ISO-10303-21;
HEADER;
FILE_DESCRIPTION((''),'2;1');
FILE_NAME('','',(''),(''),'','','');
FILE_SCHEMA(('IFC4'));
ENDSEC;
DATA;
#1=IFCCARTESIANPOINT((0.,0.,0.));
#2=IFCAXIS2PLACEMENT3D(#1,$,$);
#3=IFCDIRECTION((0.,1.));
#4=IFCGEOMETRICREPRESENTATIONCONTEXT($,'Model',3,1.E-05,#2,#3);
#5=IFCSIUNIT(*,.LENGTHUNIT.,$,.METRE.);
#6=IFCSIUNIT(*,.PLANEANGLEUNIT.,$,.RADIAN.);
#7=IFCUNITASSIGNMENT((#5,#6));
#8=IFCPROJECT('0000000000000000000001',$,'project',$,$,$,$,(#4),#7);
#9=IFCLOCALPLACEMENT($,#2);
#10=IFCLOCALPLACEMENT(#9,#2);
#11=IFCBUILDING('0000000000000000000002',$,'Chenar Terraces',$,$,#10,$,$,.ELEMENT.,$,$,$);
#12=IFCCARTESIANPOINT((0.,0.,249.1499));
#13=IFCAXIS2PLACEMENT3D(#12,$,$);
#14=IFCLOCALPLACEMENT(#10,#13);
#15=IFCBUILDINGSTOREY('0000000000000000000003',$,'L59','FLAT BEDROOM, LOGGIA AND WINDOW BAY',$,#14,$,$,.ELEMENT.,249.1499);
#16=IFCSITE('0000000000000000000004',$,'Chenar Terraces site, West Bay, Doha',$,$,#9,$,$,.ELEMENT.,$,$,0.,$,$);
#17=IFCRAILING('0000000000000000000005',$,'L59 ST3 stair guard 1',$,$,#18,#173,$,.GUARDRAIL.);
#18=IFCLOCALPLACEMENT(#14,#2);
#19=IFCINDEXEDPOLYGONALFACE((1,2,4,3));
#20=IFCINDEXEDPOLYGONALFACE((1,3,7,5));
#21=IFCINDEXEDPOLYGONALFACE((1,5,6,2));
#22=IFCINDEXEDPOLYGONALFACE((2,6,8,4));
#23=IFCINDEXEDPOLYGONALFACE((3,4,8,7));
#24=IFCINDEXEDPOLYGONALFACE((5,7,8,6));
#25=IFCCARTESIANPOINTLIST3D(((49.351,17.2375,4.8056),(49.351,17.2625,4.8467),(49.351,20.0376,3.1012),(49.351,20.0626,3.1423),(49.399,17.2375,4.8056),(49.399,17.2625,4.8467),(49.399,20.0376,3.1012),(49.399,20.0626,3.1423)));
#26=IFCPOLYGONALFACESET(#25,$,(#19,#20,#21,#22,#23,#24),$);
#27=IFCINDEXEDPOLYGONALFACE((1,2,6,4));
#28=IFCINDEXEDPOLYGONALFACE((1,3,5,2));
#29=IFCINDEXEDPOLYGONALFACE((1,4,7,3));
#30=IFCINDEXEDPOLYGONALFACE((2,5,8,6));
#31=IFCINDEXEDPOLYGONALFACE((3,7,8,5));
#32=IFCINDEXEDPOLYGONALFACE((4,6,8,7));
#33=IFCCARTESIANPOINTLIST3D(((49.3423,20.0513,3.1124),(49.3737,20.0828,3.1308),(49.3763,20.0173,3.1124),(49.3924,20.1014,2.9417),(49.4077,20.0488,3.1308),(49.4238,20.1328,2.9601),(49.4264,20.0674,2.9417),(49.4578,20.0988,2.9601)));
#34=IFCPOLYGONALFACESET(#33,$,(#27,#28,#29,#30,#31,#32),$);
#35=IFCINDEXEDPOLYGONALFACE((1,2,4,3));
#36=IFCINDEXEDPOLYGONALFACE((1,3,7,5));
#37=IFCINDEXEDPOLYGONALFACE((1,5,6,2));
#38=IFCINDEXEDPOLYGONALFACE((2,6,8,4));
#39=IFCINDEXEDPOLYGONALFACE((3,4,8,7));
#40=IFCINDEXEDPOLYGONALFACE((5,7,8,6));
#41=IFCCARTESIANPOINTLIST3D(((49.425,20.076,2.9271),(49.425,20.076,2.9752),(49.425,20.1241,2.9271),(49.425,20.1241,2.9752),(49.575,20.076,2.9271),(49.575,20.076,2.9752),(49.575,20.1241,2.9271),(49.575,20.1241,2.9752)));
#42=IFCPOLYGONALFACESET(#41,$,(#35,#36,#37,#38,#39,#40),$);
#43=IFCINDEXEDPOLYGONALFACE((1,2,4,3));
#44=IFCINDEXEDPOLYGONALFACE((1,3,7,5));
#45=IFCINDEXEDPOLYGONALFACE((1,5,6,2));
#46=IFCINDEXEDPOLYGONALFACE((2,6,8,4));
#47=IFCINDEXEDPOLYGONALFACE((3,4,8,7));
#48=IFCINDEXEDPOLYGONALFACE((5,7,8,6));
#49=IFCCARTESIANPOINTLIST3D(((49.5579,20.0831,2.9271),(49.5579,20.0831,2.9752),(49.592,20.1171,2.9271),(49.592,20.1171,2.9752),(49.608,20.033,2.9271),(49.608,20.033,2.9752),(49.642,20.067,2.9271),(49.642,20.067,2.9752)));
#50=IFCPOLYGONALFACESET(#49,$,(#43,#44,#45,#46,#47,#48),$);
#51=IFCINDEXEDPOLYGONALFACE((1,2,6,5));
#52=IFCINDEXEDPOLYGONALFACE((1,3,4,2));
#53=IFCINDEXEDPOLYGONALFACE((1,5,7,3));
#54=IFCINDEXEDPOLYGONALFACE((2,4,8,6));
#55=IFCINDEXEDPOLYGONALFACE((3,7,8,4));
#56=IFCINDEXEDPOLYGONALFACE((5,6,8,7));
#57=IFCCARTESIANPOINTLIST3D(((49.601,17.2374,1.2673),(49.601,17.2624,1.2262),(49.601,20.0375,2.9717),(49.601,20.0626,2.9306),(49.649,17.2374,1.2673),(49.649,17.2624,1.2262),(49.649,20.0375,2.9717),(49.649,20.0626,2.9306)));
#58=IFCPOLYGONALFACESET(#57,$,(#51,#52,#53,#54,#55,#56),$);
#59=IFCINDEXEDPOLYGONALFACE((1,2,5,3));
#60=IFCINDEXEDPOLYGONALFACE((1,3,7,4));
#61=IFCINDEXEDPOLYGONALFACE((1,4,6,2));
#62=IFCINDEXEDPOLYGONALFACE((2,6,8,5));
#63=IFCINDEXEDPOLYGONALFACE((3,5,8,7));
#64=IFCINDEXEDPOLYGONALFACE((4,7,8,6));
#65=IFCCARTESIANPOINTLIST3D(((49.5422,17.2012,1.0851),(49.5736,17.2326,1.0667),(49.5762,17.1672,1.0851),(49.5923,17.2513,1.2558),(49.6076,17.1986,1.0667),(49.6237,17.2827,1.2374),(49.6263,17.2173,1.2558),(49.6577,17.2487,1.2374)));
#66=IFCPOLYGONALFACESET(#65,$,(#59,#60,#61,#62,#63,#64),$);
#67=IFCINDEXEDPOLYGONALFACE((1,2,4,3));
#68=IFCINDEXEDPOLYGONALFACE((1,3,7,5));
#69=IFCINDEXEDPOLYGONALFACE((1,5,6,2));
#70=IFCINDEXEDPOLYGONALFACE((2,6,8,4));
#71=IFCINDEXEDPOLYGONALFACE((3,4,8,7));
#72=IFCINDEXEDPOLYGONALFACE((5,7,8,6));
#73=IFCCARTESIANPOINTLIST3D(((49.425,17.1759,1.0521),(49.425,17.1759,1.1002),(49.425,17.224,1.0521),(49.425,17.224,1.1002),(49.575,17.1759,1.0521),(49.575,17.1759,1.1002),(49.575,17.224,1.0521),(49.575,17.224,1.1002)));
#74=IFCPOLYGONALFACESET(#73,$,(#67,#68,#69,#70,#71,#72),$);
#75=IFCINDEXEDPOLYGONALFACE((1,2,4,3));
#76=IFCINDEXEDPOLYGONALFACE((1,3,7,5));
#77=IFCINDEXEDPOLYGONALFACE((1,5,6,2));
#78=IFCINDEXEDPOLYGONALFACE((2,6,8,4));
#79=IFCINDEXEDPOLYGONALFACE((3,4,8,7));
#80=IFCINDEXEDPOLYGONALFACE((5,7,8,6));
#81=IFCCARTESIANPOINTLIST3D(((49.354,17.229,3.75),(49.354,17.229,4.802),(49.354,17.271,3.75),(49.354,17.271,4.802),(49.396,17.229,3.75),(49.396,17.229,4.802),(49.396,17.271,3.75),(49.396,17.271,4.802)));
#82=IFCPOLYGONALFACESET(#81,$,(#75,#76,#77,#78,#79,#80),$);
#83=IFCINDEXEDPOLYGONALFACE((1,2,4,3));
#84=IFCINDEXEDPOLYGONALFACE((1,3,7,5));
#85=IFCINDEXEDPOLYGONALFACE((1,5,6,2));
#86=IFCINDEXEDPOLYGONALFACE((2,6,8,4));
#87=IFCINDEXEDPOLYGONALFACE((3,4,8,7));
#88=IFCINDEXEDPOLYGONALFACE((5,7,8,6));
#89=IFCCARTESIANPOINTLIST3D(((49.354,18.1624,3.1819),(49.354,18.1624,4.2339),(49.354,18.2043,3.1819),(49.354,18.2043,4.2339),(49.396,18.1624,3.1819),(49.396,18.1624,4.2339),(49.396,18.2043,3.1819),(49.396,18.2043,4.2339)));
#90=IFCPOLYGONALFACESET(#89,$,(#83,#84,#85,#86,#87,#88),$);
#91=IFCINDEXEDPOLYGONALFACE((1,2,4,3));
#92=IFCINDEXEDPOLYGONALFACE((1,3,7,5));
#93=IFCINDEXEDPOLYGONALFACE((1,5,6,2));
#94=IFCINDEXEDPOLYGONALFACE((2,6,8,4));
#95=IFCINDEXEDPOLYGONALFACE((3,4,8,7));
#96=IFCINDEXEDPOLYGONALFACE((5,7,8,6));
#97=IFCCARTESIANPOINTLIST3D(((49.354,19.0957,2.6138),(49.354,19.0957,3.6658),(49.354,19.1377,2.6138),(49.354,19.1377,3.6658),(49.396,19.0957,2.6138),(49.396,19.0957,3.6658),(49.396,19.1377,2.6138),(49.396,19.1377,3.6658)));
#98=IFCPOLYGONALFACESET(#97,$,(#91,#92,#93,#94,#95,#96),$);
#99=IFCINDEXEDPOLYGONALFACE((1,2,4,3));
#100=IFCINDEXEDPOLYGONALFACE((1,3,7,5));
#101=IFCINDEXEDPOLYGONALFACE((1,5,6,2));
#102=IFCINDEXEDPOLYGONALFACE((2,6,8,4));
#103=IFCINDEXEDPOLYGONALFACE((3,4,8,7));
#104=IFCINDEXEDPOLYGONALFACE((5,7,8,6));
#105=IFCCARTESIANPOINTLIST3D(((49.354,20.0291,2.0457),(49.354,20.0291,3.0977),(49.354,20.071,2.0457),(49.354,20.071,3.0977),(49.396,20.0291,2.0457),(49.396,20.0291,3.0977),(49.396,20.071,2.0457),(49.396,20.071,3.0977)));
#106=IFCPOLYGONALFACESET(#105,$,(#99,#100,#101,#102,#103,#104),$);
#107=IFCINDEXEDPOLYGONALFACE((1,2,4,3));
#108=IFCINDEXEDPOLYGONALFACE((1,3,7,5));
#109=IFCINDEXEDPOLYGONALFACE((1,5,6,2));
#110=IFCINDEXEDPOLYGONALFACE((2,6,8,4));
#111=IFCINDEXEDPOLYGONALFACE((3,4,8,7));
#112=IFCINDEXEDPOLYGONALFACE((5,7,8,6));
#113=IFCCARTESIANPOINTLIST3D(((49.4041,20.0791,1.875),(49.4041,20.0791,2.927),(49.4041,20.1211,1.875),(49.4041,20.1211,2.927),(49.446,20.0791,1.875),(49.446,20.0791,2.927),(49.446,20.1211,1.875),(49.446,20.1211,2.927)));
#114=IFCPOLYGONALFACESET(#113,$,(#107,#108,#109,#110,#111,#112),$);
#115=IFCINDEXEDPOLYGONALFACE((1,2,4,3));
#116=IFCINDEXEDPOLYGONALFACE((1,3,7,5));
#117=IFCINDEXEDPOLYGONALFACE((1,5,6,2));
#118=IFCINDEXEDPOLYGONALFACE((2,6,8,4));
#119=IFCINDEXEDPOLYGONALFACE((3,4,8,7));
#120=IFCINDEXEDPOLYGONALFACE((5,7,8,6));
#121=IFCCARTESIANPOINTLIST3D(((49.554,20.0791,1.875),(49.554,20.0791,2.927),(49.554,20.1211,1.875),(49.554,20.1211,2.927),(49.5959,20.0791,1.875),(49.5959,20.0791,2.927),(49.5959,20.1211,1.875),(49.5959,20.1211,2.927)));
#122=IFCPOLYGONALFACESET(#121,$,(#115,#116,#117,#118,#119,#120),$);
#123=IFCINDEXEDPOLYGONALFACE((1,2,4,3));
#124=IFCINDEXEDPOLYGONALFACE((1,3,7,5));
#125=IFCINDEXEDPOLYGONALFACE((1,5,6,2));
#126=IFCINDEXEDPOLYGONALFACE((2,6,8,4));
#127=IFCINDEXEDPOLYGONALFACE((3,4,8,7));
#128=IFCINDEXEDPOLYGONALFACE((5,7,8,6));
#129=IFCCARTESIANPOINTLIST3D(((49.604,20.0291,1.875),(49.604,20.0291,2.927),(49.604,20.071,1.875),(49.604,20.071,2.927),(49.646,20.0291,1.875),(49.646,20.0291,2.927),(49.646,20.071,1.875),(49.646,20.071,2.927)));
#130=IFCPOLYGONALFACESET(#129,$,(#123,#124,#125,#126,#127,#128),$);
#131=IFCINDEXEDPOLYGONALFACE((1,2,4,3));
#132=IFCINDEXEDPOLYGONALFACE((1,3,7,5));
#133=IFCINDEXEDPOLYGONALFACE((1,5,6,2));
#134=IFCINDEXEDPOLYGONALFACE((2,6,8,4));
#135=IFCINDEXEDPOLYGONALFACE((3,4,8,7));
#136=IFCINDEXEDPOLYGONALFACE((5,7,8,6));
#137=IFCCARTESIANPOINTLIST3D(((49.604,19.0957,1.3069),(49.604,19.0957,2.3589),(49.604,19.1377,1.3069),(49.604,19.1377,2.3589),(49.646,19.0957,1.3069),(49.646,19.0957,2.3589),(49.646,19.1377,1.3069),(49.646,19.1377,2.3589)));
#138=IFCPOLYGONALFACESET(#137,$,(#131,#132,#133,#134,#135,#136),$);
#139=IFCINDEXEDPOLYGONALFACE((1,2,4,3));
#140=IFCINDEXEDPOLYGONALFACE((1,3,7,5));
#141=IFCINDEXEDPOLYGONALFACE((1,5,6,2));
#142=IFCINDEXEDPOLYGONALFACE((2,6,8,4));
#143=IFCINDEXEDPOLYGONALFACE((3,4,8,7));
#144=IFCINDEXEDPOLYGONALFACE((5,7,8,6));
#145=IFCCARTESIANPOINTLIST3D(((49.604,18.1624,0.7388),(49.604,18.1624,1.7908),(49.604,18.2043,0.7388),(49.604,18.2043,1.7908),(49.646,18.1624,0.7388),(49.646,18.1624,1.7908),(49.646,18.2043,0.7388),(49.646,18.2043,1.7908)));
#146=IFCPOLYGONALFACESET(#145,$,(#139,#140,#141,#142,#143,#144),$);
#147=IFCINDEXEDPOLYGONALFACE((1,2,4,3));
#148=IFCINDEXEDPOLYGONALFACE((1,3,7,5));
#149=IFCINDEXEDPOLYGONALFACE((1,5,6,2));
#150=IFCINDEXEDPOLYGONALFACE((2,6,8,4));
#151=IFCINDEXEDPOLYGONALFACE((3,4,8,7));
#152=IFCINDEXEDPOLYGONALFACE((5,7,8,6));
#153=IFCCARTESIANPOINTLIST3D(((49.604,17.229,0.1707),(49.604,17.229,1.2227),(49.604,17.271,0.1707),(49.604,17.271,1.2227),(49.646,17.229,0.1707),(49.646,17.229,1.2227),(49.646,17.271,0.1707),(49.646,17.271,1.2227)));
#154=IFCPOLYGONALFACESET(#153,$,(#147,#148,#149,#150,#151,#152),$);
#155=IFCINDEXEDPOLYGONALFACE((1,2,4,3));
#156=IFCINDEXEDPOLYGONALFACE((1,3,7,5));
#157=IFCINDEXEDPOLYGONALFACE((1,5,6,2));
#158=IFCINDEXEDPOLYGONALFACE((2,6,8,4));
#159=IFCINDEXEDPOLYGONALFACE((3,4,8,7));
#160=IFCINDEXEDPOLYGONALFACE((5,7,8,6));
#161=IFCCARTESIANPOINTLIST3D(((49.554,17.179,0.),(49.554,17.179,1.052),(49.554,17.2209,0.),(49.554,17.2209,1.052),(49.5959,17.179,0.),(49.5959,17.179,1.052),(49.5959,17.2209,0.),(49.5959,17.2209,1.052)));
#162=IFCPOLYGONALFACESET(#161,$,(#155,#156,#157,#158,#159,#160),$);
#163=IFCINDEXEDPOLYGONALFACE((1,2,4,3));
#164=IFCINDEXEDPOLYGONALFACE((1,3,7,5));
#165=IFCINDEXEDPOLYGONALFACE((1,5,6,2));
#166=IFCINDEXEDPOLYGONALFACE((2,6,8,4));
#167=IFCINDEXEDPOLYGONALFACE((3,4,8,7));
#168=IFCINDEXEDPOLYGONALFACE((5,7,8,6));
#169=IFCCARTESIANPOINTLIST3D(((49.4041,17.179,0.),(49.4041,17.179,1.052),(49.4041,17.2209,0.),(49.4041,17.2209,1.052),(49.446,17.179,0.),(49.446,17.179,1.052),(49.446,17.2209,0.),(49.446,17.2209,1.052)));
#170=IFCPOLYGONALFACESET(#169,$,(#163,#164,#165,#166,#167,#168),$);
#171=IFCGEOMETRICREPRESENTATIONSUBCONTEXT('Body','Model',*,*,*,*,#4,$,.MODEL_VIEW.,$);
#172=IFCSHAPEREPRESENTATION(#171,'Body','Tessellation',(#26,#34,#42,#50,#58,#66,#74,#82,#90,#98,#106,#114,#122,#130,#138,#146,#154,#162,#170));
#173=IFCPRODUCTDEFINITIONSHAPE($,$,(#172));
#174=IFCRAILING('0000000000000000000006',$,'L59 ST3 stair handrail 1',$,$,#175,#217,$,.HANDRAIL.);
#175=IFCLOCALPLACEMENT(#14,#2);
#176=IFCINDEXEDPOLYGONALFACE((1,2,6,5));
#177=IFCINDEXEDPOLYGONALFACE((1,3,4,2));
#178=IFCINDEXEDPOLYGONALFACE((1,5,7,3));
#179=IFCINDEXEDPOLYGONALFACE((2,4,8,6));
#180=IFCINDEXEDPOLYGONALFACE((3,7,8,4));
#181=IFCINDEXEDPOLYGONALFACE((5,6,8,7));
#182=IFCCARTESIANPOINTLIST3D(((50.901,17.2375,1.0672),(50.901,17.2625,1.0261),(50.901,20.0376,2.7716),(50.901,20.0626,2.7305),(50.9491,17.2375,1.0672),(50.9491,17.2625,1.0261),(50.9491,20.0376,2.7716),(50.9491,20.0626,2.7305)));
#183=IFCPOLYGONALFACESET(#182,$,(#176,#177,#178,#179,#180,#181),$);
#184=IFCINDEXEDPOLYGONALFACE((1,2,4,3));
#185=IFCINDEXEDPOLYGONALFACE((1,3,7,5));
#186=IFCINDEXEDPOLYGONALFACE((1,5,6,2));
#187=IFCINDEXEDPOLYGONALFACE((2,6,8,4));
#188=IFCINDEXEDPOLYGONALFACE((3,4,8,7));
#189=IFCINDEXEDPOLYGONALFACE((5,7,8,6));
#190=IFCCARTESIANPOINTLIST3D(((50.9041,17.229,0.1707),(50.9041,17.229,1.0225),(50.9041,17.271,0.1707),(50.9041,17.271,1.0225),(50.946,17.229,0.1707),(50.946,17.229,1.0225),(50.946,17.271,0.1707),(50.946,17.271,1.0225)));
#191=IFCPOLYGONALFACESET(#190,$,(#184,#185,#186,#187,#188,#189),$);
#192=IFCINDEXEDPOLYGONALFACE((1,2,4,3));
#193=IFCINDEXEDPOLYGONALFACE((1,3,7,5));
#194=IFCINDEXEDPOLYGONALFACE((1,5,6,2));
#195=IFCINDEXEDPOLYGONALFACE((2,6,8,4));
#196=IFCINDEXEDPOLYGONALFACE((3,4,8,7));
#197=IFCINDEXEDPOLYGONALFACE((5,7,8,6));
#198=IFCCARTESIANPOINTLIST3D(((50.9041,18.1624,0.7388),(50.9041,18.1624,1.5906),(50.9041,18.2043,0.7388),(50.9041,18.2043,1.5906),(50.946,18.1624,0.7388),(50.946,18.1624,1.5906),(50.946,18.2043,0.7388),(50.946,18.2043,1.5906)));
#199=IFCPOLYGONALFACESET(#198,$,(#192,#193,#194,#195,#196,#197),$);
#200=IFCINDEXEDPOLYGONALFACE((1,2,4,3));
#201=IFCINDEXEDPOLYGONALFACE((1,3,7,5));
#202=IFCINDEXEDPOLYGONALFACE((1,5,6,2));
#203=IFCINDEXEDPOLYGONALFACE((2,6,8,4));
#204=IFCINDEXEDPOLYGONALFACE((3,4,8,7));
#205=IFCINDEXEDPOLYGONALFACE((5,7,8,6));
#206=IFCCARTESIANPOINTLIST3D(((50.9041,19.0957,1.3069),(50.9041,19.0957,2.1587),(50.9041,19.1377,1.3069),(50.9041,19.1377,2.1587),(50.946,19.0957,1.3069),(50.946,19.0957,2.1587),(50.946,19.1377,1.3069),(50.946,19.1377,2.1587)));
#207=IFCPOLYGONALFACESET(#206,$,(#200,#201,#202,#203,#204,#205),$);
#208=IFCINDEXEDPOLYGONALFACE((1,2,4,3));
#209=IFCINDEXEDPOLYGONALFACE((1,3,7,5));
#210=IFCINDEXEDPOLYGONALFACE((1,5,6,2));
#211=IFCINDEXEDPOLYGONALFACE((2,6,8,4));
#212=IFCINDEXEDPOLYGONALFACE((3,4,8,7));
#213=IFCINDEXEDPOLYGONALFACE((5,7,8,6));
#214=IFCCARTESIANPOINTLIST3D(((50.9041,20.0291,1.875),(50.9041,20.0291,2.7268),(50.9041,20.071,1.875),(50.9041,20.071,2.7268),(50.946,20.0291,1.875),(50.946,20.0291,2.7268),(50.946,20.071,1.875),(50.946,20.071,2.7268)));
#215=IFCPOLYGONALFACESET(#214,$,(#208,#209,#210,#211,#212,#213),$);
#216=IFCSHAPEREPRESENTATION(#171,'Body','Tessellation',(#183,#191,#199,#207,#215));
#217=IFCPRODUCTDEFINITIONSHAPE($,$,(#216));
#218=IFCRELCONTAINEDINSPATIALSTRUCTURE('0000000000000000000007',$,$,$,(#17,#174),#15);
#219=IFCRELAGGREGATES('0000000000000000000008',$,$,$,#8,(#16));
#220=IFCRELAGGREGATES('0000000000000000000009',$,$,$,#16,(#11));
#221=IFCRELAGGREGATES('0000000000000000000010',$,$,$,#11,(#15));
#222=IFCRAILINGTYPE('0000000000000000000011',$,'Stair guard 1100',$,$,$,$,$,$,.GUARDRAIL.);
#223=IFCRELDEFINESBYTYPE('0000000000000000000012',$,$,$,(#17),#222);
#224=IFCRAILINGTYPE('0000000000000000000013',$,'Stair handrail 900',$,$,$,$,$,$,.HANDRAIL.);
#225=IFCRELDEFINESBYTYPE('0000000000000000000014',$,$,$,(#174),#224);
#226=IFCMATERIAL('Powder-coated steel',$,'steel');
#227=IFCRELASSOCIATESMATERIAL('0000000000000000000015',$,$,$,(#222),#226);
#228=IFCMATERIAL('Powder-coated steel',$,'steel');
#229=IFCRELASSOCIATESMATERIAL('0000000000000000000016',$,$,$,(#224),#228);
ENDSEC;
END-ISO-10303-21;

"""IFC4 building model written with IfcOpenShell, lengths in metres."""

from ifc_helpers import new_model, si_unit, direction, frame, origin, origin_2d, place, context, subcontext, project, spatial, rectangle, extrude, material, type_object, element, save


model = new_model("IFC4")

# Units and contexts
model_context = context("Model", 3, precision=1e-05, world=origin(), true_north=direction((0.0, 1.0)))
body_context = subcontext(model_context, "Body", "Model", "MODEL_VIEW")
ifc_project = project(units=[si_unit("LENGTHUNIT", "METRE"), si_unit("PLANEANGLEUNIT", "RADIAN")], contexts=[model_context])

# Site, building, storey
site_placement = place(None, origin())
site = spatial("IfcSite", under=ifc_project, at=site_placement, Name="Chenar Terraces site, West Bay, Doha", CompositionType="ELEMENT", RefElevation=0.0)
building_placement = place(site_placement, origin())
building = spatial("IfcBuilding", under=site, at=building_placement, Name="Chenar Terraces", CompositionType="ELEMENT")
storey_placement = place(building_placement, frame((0.0, 0.0, 249.1499)))
storey = spatial("IfcBuildingStorey", under=building, at=storey_placement, Name="L59", Description="FLAT BEDROOM, LOGGIA AND WINDOW BAY", CompositionType="ELEMENT", Elevation=249.1499)

# Railings
ifc_material_1 = material(Name="Powder-coated steel", Category="steel")
railing_type_1 = type_object("IfcRailingType", Name="Stair guard 1100", PredefinedType="GUARDRAIL", material=ifc_material_1)
railing_1_placement = place(storey_placement, frame((49.375, 17.25, 3.75)))
element("IfcRailing", 1, at=railing_1_placement, inside=storey, type_object=railing_type_1, Name="L59 ST3 stair guard 1", PredefinedType="GUARDRAIL", context=body_context, shape_type="SweptSolid", body=[
    extrude(rectangle(XDim=0.0481, YDim=0.0481, at=origin_2d()), frame((0.0, 0.0, 1.0762), z_axis=(0.0, 0.854203, -0.51994), x_axis=(-1.0, 0.0, 0.0)), (0.0, 0.0, 1.0), 3.2781),
    extrude(rectangle(XDim=0.0481, YDim=0.0481, at=origin_2d()), frame((0.0, 2.8, -0.6284), z_axis=(0.2709, 0.2709, -0.923703), x_axis=(-0.707107, 0.707107, 0.0)), (0.0, 0.0, 1.0), 0.1848),
    extrude(rectangle(XDim=0.0481, YDim=0.0481, at=origin_2d()), frame((0.05, 2.8501, -0.7988), z_axis=(1.0, 0.0, 0.0), x_axis=(0.0, 1.0, 0.0)), (0.0, 0.0, 1.0), 0.1499),
    extrude(rectangle(XDim=0.0481, YDim=0.0481, at=origin_2d()), frame((0.2, 2.8501, -0.7988), z_axis=(0.707107, -0.707107, 0.0), x_axis=(0.707107, 0.707107, 0.0)), (0.0, 0.0, 1.0), 0.0708),
    extrude(rectangle(XDim=0.0481, YDim=0.0481, at=origin_2d()), frame((0.25, 2.8, -0.7988), z_axis=(0.0, -0.854203, -0.51994), x_axis=(1.0, 0.0, 0.0)), (0.0, 0.0, 1.0), 3.2781),
    extrude(rectangle(XDim=0.0481, YDim=0.0481, at=origin_2d()), frame((0.25, 0.0, -2.5034), z_axis=(-0.2709, -0.2709, -0.923703), x_axis=(0.707107, -0.707107, 0.0)), (0.0, 0.0, 1.0), 0.1848),
    extrude(rectangle(XDim=0.0481, YDim=0.0481, at=origin_2d()), frame((0.2, -0.05, -2.6738), z_axis=(-1.0, 0.0, 0.0), x_axis=(0.0, -1.0, 0.0)), (0.0, 0.0, 1.0), 0.1499),
    extrude(rectangle(XDim=0.042, YDim=0.042, at=origin_2d()), origin(), (0.0, 0.0, 1.0), 1.052),
    extrude(rectangle(XDim=0.042, YDim=0.042, at=origin_2d()), frame((0.0, 0.9333, -0.5681)), (0.0, 0.0, 1.0), 1.052),
    extrude(rectangle(XDim=0.042, YDim=0.042, at=origin_2d()), frame((0.0, 1.8667, -1.1362)), (0.0, 0.0, 1.0), 1.052),
    extrude(rectangle(XDim=0.042, YDim=0.042, at=origin_2d()), frame((0.0, 2.8, -1.7043)), (0.0, 0.0, 1.0), 1.052),
    extrude(rectangle(XDim=0.042, YDim=0.042, at=origin_2d()), frame((0.05, 2.8501, -1.875)), (0.0, 0.0, 1.0), 1.052),
    extrude(rectangle(XDim=0.042, YDim=0.042, at=origin_2d()), frame((0.2, 2.8501, -1.875)), (0.0, 0.0, 1.0), 1.052),
    extrude(rectangle(XDim=0.042, YDim=0.042, at=origin_2d()), frame((0.25, 2.8, -1.875)), (0.0, 0.0, 1.0), 1.052),
    extrude(rectangle(XDim=0.042, YDim=0.042, at=origin_2d()), frame((0.25, 1.8667, -2.4431)), (0.0, 0.0, 1.0), 1.052),
    extrude(rectangle(XDim=0.042, YDim=0.042, at=origin_2d()), frame((0.25, 0.9333, -3.0112)), (0.0, 0.0, 1.0), 1.052),
    extrude(rectangle(XDim=0.042, YDim=0.042, at=origin_2d()), frame((0.25, 0.0, -3.5793)), (0.0, 0.0, 1.0), 1.052),
    extrude(rectangle(XDim=0.042, YDim=0.042, at=origin_2d()), frame((0.2, -0.05, -3.75)), (0.0, 0.0, 1.0), 1.052),
    extrude(rectangle(XDim=0.042, YDim=0.042, at=origin_2d()), frame((0.05, -0.05, -3.75)), (0.0, 0.0, 1.0), 1.052),
])
ifc_material_2 = material(Name="Powder-coated steel", Category="steel")
railing_type_2 = type_object("IfcRailingType", Name="Stair handrail 900", PredefinedType="HANDRAIL", material=ifc_material_2)
railing_2_placement = place(storey_placement, frame((50.925, 17.25, 0.1707)))
element("IfcRailing", 2, at=railing_2_placement, inside=storey, type_object=railing_type_2, Name="L59 ST3 stair handrail 1", PredefinedType="HANDRAIL", context=body_context, shape_type="SweptSolid", body=[
    extrude(rectangle(XDim=0.0481, YDim=0.0481, at=origin_2d()), frame((0.0, 0.0, 0.876), z_axis=(0.0, 0.854203, 0.51994), x_axis=(-1.0, 0.0, 0.0)), (0.0, 0.0, 1.0), 3.2781),
    extrude(rectangle(XDim=0.042, YDim=0.042, at=origin_2d()), origin(), (0.0, 0.0, 1.0), 0.8518),
    extrude(rectangle(XDim=0.042, YDim=0.042, at=origin_2d()), frame((0.0, 0.9333, 0.5681)), (0.0, 0.0, 1.0), 0.8518),
    extrude(rectangle(XDim=0.042, YDim=0.042, at=origin_2d()), frame((0.0, 1.8667, 1.1362)), (0.0, 0.0, 1.0), 0.8518),
    extrude(rectangle(XDim=0.042, YDim=0.042, at=origin_2d()), frame((0.0, 2.8, 1.7043)), (0.0, 0.0, 1.0), 0.8518),
])

save(model, "model.ifc")
